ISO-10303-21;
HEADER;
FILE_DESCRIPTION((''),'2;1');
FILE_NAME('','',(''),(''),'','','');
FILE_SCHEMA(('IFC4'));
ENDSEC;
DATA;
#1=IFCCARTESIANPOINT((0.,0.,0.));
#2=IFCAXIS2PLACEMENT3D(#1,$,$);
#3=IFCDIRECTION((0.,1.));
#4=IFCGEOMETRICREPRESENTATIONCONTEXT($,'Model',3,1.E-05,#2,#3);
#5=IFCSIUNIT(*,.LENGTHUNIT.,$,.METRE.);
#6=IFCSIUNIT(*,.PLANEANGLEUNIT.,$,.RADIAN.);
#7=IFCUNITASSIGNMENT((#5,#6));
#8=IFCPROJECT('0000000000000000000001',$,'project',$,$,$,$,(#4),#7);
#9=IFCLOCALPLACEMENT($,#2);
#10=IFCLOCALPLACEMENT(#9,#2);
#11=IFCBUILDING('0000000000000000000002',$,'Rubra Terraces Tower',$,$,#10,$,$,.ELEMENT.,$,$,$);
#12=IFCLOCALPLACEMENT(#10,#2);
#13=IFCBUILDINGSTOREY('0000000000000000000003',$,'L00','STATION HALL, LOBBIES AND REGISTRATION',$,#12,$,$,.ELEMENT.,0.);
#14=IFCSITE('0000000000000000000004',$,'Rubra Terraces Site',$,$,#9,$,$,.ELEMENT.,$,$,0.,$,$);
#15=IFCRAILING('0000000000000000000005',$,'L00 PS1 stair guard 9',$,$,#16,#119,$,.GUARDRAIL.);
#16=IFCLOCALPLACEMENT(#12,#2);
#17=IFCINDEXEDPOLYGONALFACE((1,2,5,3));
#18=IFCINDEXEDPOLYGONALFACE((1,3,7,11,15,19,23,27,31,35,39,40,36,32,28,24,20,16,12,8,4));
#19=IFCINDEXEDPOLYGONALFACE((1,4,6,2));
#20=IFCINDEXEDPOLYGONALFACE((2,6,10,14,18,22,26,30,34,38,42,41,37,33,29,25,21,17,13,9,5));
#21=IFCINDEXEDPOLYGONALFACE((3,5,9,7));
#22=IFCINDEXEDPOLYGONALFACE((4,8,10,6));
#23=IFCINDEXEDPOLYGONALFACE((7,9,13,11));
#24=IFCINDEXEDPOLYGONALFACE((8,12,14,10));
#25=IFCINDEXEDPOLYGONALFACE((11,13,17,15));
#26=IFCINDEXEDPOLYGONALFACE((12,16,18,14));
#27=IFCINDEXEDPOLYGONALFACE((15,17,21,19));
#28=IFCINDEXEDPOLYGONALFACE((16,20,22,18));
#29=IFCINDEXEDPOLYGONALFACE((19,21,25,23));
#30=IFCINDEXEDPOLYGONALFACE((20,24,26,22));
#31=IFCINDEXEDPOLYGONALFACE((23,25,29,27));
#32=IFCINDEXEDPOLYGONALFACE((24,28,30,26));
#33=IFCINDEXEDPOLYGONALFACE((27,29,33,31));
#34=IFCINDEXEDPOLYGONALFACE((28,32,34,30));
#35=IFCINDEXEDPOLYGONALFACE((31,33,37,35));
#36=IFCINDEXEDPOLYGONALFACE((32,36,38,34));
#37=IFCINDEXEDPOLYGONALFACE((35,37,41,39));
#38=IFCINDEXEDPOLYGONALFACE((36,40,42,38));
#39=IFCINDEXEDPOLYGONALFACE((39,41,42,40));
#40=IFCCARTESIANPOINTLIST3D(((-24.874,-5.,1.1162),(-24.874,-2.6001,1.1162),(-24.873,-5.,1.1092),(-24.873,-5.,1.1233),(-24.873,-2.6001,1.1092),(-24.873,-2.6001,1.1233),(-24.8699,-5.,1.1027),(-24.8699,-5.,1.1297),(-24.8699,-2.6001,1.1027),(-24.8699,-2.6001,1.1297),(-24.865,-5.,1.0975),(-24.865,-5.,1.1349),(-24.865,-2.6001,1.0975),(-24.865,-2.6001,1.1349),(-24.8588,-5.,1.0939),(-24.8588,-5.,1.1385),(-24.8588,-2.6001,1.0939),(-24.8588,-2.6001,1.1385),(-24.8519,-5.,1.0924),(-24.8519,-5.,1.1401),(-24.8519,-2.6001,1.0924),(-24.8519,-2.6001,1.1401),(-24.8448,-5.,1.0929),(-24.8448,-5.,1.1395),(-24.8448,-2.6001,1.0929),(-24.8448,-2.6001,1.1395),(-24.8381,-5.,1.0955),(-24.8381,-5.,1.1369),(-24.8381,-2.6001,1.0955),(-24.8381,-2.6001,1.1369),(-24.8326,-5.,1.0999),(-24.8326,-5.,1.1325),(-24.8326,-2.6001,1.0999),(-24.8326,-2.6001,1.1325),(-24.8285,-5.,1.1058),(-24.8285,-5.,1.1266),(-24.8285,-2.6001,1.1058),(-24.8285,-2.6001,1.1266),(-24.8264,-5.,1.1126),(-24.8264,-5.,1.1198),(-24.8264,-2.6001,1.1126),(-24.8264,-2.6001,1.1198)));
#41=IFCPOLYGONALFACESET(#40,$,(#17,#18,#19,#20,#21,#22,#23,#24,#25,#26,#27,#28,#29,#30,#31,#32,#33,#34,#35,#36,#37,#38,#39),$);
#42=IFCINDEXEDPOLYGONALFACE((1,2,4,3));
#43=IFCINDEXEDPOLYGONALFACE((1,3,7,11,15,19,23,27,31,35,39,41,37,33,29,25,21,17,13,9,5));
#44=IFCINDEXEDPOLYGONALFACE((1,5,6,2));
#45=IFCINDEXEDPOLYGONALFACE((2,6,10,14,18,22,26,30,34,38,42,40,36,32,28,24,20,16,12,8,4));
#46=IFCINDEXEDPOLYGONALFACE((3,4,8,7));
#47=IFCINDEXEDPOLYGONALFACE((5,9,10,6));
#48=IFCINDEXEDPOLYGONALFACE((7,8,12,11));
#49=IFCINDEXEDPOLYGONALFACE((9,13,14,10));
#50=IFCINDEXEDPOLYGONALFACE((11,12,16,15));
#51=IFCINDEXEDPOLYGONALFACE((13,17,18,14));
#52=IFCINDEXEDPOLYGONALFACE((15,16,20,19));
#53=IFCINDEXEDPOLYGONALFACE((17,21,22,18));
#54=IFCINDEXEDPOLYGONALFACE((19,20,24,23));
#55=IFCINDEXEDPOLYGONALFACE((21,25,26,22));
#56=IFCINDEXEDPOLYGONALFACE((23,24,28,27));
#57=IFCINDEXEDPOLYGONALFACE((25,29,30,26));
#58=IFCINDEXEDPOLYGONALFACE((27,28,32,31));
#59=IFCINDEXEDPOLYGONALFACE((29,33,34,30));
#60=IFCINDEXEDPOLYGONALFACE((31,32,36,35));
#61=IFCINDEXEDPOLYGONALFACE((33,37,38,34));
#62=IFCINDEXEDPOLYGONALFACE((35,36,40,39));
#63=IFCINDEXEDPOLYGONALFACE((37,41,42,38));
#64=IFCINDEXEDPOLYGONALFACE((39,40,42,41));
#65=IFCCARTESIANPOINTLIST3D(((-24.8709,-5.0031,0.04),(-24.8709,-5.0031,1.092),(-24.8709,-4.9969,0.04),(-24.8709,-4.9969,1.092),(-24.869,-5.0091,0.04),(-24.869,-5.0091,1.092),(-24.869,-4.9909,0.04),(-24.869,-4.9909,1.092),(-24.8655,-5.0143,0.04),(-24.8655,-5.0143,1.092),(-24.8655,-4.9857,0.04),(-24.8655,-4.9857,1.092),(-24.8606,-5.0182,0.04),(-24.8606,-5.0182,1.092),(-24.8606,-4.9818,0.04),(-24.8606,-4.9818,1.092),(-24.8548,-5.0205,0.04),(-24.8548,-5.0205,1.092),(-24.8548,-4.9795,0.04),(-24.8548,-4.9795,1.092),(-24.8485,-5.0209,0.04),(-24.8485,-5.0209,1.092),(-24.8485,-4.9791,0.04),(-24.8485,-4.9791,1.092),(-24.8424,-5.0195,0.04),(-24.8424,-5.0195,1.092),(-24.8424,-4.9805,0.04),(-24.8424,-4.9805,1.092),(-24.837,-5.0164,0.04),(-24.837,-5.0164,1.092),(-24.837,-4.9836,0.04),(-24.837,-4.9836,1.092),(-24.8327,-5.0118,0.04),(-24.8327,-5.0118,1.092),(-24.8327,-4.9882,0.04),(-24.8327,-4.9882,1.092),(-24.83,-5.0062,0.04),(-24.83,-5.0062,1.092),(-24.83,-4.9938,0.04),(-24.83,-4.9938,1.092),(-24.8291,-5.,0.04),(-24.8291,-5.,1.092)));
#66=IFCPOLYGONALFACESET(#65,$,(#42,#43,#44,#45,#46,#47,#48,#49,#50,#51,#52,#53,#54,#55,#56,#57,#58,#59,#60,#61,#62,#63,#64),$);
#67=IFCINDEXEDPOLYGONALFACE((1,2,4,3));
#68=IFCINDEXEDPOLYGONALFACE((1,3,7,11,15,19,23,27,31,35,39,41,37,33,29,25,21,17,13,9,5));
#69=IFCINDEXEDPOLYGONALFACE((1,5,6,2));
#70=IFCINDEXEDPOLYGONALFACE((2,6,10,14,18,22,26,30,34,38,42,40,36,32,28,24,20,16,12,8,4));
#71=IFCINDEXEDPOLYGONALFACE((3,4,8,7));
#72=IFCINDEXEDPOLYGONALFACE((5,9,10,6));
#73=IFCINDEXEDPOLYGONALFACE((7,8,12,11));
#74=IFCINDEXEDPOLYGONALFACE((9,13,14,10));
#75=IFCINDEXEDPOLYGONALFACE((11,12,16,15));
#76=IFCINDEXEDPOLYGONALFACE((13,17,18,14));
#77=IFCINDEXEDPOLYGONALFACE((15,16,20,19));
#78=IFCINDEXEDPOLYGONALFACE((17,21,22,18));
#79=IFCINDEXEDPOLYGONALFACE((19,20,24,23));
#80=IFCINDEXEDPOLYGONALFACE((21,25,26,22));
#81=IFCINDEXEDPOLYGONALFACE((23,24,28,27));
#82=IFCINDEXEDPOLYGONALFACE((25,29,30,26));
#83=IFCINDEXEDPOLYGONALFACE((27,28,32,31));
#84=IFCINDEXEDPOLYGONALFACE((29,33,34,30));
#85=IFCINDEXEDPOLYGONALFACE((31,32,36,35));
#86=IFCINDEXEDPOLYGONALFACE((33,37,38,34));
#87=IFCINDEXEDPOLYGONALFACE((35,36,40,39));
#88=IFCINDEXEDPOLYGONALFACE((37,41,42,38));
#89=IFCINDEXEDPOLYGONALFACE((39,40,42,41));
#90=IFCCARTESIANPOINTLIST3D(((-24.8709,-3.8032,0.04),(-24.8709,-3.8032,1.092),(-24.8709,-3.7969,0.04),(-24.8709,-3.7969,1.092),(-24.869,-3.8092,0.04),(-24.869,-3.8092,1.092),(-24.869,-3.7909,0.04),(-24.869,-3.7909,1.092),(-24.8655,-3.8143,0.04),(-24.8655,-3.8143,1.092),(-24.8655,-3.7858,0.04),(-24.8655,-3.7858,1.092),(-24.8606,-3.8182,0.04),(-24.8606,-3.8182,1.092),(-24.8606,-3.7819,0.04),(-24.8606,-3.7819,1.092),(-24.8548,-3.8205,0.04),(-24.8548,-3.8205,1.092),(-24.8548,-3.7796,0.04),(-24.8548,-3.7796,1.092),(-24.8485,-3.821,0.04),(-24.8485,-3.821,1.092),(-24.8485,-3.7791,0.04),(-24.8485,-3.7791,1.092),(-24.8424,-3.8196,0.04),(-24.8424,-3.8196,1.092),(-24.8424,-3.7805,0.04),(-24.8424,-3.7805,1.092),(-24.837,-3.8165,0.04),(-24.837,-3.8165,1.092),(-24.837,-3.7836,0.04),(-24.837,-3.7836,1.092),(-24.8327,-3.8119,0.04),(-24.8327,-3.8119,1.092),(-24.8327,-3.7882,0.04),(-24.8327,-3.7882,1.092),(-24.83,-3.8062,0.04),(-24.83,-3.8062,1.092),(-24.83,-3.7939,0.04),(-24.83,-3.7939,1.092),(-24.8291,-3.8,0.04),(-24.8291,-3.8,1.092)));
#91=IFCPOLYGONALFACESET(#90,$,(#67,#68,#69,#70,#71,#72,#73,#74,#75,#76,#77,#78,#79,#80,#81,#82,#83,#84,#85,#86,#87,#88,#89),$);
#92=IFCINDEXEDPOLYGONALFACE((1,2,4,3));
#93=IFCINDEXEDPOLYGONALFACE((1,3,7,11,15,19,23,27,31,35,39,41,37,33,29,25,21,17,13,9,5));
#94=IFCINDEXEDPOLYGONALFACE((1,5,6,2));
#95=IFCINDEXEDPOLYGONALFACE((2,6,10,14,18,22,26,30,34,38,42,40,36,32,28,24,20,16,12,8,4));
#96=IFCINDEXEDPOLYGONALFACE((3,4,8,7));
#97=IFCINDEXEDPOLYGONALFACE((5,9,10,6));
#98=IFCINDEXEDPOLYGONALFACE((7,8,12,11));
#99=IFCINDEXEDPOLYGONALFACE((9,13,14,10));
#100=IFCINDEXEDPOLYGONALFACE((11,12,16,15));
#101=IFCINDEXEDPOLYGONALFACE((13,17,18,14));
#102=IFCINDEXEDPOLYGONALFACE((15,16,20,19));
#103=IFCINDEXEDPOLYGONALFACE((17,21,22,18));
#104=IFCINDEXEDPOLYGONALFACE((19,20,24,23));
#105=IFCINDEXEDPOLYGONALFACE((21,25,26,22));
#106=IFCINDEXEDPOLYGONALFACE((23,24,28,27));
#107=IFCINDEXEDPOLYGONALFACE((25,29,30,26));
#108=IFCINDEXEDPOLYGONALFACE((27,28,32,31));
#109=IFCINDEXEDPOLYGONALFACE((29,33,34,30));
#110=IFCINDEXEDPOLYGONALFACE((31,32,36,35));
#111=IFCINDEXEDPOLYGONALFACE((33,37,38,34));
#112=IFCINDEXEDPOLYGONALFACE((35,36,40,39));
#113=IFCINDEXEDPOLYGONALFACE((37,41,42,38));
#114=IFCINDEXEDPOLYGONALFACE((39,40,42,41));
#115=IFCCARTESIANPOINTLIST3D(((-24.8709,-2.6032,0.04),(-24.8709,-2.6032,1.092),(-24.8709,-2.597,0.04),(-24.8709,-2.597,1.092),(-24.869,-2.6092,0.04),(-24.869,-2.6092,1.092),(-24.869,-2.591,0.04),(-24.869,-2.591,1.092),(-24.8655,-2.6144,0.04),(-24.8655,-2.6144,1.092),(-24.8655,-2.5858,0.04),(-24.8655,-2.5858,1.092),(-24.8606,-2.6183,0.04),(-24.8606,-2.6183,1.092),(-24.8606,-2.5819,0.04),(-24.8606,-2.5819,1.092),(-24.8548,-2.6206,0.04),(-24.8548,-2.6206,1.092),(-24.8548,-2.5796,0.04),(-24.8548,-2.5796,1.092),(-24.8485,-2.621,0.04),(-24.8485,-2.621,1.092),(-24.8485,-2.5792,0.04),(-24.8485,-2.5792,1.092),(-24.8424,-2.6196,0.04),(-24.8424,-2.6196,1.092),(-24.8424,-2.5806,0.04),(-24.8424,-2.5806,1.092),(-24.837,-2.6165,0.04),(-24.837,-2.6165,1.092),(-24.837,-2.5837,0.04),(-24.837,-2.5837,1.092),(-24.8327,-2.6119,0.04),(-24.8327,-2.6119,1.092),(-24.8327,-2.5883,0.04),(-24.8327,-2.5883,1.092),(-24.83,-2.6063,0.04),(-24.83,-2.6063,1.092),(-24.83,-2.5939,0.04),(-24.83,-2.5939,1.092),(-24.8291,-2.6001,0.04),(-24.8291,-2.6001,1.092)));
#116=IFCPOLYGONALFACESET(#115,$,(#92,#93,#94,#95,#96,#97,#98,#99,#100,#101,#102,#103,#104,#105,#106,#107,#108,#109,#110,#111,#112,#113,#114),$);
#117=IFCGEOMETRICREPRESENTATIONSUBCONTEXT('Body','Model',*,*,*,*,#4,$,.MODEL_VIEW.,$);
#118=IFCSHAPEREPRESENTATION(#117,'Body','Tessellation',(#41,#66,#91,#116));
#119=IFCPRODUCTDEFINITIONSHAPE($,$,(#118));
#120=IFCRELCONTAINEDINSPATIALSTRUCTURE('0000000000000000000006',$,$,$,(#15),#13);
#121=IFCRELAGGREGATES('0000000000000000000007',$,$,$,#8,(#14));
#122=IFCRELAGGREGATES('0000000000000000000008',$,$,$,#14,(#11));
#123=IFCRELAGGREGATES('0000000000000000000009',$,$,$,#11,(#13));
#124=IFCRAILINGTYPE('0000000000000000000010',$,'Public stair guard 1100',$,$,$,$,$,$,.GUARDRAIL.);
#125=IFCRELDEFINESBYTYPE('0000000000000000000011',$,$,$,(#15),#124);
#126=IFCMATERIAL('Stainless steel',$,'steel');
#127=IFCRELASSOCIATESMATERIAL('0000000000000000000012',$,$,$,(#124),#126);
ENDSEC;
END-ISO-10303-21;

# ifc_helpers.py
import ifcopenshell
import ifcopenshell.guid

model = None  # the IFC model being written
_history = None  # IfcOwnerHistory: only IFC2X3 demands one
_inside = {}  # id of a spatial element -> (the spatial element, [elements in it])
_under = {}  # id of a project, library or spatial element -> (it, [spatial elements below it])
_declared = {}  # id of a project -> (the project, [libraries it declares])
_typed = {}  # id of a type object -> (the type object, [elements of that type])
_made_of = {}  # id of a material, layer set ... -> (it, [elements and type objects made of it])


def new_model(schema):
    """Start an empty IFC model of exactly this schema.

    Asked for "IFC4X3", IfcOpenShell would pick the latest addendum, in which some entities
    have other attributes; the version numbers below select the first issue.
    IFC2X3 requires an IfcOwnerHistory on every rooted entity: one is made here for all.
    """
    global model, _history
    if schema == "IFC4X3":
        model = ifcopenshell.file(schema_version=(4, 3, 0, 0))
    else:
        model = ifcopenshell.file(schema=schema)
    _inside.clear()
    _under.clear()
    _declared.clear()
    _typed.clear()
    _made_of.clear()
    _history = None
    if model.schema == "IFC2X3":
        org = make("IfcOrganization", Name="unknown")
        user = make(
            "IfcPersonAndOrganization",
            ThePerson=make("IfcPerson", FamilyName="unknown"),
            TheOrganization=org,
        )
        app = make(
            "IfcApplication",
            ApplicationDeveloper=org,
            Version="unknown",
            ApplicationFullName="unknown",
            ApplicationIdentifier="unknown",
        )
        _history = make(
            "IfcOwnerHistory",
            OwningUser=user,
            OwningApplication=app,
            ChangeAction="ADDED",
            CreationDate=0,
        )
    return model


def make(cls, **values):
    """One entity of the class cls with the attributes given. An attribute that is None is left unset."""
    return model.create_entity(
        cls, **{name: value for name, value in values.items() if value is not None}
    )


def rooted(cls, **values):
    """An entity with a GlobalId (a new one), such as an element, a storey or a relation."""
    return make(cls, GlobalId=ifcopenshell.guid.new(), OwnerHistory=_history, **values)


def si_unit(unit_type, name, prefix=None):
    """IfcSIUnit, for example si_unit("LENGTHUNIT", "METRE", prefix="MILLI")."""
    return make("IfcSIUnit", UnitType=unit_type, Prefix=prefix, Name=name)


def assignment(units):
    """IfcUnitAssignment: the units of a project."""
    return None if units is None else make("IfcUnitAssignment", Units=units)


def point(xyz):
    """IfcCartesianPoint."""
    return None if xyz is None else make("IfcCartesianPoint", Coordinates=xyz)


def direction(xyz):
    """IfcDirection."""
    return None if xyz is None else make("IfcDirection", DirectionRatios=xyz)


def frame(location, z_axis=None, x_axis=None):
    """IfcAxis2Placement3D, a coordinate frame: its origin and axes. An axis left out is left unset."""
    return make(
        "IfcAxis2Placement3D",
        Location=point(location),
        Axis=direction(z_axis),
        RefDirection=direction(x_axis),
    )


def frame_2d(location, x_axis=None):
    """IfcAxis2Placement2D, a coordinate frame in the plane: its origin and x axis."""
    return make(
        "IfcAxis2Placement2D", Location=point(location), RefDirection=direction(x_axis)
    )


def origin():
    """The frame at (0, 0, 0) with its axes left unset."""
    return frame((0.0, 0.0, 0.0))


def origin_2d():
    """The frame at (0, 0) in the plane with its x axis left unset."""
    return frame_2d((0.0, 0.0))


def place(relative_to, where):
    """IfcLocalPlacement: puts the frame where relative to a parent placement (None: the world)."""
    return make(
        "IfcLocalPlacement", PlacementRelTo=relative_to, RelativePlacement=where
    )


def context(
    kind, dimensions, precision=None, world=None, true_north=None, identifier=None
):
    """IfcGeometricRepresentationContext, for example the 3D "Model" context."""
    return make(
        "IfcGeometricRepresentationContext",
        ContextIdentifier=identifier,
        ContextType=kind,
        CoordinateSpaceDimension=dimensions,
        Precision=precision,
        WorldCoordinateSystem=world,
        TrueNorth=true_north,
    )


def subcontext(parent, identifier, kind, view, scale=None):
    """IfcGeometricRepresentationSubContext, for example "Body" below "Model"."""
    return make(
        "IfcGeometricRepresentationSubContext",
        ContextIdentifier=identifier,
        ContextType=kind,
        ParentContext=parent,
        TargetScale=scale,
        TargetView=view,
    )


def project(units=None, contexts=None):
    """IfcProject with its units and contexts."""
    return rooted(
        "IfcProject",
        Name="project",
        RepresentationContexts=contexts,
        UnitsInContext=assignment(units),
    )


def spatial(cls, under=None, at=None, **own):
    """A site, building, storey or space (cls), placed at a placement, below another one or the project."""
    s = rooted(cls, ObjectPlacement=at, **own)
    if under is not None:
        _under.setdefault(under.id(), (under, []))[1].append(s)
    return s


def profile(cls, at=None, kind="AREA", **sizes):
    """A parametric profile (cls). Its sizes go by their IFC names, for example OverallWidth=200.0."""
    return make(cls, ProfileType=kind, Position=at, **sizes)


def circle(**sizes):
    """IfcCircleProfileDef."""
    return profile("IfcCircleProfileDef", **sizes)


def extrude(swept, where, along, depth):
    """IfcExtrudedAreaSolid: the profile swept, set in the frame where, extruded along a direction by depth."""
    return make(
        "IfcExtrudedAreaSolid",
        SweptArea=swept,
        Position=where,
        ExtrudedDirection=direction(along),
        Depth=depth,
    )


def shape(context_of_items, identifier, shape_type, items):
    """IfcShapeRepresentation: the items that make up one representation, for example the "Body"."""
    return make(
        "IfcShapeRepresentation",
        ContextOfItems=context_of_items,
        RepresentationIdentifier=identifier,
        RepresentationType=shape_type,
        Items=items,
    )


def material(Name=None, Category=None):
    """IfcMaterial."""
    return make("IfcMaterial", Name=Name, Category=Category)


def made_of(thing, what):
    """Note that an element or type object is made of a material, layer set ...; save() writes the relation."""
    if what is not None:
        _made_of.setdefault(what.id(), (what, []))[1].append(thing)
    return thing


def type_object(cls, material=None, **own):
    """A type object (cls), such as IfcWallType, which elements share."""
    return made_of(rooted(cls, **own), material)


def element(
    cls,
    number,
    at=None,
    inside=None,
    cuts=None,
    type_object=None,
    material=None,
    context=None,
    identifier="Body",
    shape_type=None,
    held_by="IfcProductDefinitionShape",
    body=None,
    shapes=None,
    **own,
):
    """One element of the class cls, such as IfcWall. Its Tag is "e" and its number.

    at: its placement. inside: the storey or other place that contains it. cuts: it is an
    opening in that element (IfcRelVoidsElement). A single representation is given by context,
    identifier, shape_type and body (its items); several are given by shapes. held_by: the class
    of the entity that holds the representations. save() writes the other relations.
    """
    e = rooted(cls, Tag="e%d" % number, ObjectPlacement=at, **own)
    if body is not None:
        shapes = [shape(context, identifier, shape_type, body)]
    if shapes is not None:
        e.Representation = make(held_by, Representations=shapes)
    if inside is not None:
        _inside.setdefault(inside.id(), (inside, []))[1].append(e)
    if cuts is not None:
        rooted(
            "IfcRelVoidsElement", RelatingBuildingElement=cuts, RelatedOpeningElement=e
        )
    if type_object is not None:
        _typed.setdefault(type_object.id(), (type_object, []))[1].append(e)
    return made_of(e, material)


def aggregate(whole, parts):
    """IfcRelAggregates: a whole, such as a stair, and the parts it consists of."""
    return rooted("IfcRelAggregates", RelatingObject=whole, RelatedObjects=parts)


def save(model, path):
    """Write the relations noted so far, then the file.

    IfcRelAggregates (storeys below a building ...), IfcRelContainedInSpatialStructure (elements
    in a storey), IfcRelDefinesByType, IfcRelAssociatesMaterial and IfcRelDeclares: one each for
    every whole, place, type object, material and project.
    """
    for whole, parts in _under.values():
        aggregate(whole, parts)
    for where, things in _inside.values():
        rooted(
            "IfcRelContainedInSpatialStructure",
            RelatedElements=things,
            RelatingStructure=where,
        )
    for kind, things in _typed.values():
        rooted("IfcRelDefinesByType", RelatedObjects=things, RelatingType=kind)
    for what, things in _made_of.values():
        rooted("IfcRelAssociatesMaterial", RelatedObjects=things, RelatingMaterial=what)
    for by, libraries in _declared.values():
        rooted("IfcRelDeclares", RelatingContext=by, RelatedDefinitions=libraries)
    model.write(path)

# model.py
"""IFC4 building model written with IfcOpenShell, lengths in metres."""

from ifc_helpers import new_model, si_unit, direction, frame, origin, origin_2d, place, context, subcontext, project, spatial, circle, extrude, material, type_object, element, save


model = new_model("IFC4")

# Units and contexts
model_context = context("Model", 3, precision=1e-05, world=origin(), true_north=direction((0.0, 1.0)))
body_context = subcontext(model_context, "Body", "Model", "MODEL_VIEW")
ifc_project = project(units=[si_unit("LENGTHUNIT", "METRE"), si_unit("PLANEANGLEUNIT", "RADIAN")], contexts=[model_context])

# Site, building, storey
site_placement = place(None, origin())
site = spatial("IfcSite", under=ifc_project, at=site_placement, Name="Rubra Terraces Site", CompositionType="ELEMENT", RefElevation=0.0)
building_placement = place(site_placement, origin())
building = spatial("IfcBuilding", under=site, at=building_placement, Name="Rubra Terraces Tower", CompositionType="ELEMENT")
storey_placement = place(building_placement, origin())
storey = spatial("IfcBuildingStorey", under=building, at=storey_placement, Name="L00", Description="STATION HALL, LOBBIES AND REGISTRATION", CompositionType="ELEMENT", Elevation=0.0)

# Railing
ifc_material_1 = material(Name="Stainless steel", Category="steel")
railing_type_1 = type_object("IfcRailingType", Name="Public stair guard 1100", PredefinedType="GUARDRAIL", material=ifc_material_1)
for number, where, name in (
    (1, (-24.8501, -5.0, 0.04), "L00 PS1 stair guard 9"),
):
    element("IfcRailing", number, at=place(storey_placement, frame(where)), inside=storey, type_object=railing_type_1, Name=name, PredefinedType="GUARDRAIL", context=body_context, shape_type="SweptSolid", body=[
        extrude(circle(Radius=0.0239, at=origin_2d()), frame((0.0, 0.0, 1.0762), z_axis=(0.0, 1.0, 0.0), x_axis=(-1.0, 0.0, 0.0)), (0.0, 0.0, 1.0), 2.3999),
        extrude(circle(Radius=0.021, at=origin_2d()), origin(), (0.0, 0.0, 1.0), 1.052),
        extrude(circle(Radius=0.021, at=origin_2d()), frame((0.0, 1.2, 0.0)), (0.0, 0.0, 1.0), 1.052),
        extrude(circle(Radius=0.021, at=origin_2d()), frame((0.0, 2.3999, 0.0)), (0.0, 0.0, 1.0), 1.052),
    ])

save(model, "model.ifc")
